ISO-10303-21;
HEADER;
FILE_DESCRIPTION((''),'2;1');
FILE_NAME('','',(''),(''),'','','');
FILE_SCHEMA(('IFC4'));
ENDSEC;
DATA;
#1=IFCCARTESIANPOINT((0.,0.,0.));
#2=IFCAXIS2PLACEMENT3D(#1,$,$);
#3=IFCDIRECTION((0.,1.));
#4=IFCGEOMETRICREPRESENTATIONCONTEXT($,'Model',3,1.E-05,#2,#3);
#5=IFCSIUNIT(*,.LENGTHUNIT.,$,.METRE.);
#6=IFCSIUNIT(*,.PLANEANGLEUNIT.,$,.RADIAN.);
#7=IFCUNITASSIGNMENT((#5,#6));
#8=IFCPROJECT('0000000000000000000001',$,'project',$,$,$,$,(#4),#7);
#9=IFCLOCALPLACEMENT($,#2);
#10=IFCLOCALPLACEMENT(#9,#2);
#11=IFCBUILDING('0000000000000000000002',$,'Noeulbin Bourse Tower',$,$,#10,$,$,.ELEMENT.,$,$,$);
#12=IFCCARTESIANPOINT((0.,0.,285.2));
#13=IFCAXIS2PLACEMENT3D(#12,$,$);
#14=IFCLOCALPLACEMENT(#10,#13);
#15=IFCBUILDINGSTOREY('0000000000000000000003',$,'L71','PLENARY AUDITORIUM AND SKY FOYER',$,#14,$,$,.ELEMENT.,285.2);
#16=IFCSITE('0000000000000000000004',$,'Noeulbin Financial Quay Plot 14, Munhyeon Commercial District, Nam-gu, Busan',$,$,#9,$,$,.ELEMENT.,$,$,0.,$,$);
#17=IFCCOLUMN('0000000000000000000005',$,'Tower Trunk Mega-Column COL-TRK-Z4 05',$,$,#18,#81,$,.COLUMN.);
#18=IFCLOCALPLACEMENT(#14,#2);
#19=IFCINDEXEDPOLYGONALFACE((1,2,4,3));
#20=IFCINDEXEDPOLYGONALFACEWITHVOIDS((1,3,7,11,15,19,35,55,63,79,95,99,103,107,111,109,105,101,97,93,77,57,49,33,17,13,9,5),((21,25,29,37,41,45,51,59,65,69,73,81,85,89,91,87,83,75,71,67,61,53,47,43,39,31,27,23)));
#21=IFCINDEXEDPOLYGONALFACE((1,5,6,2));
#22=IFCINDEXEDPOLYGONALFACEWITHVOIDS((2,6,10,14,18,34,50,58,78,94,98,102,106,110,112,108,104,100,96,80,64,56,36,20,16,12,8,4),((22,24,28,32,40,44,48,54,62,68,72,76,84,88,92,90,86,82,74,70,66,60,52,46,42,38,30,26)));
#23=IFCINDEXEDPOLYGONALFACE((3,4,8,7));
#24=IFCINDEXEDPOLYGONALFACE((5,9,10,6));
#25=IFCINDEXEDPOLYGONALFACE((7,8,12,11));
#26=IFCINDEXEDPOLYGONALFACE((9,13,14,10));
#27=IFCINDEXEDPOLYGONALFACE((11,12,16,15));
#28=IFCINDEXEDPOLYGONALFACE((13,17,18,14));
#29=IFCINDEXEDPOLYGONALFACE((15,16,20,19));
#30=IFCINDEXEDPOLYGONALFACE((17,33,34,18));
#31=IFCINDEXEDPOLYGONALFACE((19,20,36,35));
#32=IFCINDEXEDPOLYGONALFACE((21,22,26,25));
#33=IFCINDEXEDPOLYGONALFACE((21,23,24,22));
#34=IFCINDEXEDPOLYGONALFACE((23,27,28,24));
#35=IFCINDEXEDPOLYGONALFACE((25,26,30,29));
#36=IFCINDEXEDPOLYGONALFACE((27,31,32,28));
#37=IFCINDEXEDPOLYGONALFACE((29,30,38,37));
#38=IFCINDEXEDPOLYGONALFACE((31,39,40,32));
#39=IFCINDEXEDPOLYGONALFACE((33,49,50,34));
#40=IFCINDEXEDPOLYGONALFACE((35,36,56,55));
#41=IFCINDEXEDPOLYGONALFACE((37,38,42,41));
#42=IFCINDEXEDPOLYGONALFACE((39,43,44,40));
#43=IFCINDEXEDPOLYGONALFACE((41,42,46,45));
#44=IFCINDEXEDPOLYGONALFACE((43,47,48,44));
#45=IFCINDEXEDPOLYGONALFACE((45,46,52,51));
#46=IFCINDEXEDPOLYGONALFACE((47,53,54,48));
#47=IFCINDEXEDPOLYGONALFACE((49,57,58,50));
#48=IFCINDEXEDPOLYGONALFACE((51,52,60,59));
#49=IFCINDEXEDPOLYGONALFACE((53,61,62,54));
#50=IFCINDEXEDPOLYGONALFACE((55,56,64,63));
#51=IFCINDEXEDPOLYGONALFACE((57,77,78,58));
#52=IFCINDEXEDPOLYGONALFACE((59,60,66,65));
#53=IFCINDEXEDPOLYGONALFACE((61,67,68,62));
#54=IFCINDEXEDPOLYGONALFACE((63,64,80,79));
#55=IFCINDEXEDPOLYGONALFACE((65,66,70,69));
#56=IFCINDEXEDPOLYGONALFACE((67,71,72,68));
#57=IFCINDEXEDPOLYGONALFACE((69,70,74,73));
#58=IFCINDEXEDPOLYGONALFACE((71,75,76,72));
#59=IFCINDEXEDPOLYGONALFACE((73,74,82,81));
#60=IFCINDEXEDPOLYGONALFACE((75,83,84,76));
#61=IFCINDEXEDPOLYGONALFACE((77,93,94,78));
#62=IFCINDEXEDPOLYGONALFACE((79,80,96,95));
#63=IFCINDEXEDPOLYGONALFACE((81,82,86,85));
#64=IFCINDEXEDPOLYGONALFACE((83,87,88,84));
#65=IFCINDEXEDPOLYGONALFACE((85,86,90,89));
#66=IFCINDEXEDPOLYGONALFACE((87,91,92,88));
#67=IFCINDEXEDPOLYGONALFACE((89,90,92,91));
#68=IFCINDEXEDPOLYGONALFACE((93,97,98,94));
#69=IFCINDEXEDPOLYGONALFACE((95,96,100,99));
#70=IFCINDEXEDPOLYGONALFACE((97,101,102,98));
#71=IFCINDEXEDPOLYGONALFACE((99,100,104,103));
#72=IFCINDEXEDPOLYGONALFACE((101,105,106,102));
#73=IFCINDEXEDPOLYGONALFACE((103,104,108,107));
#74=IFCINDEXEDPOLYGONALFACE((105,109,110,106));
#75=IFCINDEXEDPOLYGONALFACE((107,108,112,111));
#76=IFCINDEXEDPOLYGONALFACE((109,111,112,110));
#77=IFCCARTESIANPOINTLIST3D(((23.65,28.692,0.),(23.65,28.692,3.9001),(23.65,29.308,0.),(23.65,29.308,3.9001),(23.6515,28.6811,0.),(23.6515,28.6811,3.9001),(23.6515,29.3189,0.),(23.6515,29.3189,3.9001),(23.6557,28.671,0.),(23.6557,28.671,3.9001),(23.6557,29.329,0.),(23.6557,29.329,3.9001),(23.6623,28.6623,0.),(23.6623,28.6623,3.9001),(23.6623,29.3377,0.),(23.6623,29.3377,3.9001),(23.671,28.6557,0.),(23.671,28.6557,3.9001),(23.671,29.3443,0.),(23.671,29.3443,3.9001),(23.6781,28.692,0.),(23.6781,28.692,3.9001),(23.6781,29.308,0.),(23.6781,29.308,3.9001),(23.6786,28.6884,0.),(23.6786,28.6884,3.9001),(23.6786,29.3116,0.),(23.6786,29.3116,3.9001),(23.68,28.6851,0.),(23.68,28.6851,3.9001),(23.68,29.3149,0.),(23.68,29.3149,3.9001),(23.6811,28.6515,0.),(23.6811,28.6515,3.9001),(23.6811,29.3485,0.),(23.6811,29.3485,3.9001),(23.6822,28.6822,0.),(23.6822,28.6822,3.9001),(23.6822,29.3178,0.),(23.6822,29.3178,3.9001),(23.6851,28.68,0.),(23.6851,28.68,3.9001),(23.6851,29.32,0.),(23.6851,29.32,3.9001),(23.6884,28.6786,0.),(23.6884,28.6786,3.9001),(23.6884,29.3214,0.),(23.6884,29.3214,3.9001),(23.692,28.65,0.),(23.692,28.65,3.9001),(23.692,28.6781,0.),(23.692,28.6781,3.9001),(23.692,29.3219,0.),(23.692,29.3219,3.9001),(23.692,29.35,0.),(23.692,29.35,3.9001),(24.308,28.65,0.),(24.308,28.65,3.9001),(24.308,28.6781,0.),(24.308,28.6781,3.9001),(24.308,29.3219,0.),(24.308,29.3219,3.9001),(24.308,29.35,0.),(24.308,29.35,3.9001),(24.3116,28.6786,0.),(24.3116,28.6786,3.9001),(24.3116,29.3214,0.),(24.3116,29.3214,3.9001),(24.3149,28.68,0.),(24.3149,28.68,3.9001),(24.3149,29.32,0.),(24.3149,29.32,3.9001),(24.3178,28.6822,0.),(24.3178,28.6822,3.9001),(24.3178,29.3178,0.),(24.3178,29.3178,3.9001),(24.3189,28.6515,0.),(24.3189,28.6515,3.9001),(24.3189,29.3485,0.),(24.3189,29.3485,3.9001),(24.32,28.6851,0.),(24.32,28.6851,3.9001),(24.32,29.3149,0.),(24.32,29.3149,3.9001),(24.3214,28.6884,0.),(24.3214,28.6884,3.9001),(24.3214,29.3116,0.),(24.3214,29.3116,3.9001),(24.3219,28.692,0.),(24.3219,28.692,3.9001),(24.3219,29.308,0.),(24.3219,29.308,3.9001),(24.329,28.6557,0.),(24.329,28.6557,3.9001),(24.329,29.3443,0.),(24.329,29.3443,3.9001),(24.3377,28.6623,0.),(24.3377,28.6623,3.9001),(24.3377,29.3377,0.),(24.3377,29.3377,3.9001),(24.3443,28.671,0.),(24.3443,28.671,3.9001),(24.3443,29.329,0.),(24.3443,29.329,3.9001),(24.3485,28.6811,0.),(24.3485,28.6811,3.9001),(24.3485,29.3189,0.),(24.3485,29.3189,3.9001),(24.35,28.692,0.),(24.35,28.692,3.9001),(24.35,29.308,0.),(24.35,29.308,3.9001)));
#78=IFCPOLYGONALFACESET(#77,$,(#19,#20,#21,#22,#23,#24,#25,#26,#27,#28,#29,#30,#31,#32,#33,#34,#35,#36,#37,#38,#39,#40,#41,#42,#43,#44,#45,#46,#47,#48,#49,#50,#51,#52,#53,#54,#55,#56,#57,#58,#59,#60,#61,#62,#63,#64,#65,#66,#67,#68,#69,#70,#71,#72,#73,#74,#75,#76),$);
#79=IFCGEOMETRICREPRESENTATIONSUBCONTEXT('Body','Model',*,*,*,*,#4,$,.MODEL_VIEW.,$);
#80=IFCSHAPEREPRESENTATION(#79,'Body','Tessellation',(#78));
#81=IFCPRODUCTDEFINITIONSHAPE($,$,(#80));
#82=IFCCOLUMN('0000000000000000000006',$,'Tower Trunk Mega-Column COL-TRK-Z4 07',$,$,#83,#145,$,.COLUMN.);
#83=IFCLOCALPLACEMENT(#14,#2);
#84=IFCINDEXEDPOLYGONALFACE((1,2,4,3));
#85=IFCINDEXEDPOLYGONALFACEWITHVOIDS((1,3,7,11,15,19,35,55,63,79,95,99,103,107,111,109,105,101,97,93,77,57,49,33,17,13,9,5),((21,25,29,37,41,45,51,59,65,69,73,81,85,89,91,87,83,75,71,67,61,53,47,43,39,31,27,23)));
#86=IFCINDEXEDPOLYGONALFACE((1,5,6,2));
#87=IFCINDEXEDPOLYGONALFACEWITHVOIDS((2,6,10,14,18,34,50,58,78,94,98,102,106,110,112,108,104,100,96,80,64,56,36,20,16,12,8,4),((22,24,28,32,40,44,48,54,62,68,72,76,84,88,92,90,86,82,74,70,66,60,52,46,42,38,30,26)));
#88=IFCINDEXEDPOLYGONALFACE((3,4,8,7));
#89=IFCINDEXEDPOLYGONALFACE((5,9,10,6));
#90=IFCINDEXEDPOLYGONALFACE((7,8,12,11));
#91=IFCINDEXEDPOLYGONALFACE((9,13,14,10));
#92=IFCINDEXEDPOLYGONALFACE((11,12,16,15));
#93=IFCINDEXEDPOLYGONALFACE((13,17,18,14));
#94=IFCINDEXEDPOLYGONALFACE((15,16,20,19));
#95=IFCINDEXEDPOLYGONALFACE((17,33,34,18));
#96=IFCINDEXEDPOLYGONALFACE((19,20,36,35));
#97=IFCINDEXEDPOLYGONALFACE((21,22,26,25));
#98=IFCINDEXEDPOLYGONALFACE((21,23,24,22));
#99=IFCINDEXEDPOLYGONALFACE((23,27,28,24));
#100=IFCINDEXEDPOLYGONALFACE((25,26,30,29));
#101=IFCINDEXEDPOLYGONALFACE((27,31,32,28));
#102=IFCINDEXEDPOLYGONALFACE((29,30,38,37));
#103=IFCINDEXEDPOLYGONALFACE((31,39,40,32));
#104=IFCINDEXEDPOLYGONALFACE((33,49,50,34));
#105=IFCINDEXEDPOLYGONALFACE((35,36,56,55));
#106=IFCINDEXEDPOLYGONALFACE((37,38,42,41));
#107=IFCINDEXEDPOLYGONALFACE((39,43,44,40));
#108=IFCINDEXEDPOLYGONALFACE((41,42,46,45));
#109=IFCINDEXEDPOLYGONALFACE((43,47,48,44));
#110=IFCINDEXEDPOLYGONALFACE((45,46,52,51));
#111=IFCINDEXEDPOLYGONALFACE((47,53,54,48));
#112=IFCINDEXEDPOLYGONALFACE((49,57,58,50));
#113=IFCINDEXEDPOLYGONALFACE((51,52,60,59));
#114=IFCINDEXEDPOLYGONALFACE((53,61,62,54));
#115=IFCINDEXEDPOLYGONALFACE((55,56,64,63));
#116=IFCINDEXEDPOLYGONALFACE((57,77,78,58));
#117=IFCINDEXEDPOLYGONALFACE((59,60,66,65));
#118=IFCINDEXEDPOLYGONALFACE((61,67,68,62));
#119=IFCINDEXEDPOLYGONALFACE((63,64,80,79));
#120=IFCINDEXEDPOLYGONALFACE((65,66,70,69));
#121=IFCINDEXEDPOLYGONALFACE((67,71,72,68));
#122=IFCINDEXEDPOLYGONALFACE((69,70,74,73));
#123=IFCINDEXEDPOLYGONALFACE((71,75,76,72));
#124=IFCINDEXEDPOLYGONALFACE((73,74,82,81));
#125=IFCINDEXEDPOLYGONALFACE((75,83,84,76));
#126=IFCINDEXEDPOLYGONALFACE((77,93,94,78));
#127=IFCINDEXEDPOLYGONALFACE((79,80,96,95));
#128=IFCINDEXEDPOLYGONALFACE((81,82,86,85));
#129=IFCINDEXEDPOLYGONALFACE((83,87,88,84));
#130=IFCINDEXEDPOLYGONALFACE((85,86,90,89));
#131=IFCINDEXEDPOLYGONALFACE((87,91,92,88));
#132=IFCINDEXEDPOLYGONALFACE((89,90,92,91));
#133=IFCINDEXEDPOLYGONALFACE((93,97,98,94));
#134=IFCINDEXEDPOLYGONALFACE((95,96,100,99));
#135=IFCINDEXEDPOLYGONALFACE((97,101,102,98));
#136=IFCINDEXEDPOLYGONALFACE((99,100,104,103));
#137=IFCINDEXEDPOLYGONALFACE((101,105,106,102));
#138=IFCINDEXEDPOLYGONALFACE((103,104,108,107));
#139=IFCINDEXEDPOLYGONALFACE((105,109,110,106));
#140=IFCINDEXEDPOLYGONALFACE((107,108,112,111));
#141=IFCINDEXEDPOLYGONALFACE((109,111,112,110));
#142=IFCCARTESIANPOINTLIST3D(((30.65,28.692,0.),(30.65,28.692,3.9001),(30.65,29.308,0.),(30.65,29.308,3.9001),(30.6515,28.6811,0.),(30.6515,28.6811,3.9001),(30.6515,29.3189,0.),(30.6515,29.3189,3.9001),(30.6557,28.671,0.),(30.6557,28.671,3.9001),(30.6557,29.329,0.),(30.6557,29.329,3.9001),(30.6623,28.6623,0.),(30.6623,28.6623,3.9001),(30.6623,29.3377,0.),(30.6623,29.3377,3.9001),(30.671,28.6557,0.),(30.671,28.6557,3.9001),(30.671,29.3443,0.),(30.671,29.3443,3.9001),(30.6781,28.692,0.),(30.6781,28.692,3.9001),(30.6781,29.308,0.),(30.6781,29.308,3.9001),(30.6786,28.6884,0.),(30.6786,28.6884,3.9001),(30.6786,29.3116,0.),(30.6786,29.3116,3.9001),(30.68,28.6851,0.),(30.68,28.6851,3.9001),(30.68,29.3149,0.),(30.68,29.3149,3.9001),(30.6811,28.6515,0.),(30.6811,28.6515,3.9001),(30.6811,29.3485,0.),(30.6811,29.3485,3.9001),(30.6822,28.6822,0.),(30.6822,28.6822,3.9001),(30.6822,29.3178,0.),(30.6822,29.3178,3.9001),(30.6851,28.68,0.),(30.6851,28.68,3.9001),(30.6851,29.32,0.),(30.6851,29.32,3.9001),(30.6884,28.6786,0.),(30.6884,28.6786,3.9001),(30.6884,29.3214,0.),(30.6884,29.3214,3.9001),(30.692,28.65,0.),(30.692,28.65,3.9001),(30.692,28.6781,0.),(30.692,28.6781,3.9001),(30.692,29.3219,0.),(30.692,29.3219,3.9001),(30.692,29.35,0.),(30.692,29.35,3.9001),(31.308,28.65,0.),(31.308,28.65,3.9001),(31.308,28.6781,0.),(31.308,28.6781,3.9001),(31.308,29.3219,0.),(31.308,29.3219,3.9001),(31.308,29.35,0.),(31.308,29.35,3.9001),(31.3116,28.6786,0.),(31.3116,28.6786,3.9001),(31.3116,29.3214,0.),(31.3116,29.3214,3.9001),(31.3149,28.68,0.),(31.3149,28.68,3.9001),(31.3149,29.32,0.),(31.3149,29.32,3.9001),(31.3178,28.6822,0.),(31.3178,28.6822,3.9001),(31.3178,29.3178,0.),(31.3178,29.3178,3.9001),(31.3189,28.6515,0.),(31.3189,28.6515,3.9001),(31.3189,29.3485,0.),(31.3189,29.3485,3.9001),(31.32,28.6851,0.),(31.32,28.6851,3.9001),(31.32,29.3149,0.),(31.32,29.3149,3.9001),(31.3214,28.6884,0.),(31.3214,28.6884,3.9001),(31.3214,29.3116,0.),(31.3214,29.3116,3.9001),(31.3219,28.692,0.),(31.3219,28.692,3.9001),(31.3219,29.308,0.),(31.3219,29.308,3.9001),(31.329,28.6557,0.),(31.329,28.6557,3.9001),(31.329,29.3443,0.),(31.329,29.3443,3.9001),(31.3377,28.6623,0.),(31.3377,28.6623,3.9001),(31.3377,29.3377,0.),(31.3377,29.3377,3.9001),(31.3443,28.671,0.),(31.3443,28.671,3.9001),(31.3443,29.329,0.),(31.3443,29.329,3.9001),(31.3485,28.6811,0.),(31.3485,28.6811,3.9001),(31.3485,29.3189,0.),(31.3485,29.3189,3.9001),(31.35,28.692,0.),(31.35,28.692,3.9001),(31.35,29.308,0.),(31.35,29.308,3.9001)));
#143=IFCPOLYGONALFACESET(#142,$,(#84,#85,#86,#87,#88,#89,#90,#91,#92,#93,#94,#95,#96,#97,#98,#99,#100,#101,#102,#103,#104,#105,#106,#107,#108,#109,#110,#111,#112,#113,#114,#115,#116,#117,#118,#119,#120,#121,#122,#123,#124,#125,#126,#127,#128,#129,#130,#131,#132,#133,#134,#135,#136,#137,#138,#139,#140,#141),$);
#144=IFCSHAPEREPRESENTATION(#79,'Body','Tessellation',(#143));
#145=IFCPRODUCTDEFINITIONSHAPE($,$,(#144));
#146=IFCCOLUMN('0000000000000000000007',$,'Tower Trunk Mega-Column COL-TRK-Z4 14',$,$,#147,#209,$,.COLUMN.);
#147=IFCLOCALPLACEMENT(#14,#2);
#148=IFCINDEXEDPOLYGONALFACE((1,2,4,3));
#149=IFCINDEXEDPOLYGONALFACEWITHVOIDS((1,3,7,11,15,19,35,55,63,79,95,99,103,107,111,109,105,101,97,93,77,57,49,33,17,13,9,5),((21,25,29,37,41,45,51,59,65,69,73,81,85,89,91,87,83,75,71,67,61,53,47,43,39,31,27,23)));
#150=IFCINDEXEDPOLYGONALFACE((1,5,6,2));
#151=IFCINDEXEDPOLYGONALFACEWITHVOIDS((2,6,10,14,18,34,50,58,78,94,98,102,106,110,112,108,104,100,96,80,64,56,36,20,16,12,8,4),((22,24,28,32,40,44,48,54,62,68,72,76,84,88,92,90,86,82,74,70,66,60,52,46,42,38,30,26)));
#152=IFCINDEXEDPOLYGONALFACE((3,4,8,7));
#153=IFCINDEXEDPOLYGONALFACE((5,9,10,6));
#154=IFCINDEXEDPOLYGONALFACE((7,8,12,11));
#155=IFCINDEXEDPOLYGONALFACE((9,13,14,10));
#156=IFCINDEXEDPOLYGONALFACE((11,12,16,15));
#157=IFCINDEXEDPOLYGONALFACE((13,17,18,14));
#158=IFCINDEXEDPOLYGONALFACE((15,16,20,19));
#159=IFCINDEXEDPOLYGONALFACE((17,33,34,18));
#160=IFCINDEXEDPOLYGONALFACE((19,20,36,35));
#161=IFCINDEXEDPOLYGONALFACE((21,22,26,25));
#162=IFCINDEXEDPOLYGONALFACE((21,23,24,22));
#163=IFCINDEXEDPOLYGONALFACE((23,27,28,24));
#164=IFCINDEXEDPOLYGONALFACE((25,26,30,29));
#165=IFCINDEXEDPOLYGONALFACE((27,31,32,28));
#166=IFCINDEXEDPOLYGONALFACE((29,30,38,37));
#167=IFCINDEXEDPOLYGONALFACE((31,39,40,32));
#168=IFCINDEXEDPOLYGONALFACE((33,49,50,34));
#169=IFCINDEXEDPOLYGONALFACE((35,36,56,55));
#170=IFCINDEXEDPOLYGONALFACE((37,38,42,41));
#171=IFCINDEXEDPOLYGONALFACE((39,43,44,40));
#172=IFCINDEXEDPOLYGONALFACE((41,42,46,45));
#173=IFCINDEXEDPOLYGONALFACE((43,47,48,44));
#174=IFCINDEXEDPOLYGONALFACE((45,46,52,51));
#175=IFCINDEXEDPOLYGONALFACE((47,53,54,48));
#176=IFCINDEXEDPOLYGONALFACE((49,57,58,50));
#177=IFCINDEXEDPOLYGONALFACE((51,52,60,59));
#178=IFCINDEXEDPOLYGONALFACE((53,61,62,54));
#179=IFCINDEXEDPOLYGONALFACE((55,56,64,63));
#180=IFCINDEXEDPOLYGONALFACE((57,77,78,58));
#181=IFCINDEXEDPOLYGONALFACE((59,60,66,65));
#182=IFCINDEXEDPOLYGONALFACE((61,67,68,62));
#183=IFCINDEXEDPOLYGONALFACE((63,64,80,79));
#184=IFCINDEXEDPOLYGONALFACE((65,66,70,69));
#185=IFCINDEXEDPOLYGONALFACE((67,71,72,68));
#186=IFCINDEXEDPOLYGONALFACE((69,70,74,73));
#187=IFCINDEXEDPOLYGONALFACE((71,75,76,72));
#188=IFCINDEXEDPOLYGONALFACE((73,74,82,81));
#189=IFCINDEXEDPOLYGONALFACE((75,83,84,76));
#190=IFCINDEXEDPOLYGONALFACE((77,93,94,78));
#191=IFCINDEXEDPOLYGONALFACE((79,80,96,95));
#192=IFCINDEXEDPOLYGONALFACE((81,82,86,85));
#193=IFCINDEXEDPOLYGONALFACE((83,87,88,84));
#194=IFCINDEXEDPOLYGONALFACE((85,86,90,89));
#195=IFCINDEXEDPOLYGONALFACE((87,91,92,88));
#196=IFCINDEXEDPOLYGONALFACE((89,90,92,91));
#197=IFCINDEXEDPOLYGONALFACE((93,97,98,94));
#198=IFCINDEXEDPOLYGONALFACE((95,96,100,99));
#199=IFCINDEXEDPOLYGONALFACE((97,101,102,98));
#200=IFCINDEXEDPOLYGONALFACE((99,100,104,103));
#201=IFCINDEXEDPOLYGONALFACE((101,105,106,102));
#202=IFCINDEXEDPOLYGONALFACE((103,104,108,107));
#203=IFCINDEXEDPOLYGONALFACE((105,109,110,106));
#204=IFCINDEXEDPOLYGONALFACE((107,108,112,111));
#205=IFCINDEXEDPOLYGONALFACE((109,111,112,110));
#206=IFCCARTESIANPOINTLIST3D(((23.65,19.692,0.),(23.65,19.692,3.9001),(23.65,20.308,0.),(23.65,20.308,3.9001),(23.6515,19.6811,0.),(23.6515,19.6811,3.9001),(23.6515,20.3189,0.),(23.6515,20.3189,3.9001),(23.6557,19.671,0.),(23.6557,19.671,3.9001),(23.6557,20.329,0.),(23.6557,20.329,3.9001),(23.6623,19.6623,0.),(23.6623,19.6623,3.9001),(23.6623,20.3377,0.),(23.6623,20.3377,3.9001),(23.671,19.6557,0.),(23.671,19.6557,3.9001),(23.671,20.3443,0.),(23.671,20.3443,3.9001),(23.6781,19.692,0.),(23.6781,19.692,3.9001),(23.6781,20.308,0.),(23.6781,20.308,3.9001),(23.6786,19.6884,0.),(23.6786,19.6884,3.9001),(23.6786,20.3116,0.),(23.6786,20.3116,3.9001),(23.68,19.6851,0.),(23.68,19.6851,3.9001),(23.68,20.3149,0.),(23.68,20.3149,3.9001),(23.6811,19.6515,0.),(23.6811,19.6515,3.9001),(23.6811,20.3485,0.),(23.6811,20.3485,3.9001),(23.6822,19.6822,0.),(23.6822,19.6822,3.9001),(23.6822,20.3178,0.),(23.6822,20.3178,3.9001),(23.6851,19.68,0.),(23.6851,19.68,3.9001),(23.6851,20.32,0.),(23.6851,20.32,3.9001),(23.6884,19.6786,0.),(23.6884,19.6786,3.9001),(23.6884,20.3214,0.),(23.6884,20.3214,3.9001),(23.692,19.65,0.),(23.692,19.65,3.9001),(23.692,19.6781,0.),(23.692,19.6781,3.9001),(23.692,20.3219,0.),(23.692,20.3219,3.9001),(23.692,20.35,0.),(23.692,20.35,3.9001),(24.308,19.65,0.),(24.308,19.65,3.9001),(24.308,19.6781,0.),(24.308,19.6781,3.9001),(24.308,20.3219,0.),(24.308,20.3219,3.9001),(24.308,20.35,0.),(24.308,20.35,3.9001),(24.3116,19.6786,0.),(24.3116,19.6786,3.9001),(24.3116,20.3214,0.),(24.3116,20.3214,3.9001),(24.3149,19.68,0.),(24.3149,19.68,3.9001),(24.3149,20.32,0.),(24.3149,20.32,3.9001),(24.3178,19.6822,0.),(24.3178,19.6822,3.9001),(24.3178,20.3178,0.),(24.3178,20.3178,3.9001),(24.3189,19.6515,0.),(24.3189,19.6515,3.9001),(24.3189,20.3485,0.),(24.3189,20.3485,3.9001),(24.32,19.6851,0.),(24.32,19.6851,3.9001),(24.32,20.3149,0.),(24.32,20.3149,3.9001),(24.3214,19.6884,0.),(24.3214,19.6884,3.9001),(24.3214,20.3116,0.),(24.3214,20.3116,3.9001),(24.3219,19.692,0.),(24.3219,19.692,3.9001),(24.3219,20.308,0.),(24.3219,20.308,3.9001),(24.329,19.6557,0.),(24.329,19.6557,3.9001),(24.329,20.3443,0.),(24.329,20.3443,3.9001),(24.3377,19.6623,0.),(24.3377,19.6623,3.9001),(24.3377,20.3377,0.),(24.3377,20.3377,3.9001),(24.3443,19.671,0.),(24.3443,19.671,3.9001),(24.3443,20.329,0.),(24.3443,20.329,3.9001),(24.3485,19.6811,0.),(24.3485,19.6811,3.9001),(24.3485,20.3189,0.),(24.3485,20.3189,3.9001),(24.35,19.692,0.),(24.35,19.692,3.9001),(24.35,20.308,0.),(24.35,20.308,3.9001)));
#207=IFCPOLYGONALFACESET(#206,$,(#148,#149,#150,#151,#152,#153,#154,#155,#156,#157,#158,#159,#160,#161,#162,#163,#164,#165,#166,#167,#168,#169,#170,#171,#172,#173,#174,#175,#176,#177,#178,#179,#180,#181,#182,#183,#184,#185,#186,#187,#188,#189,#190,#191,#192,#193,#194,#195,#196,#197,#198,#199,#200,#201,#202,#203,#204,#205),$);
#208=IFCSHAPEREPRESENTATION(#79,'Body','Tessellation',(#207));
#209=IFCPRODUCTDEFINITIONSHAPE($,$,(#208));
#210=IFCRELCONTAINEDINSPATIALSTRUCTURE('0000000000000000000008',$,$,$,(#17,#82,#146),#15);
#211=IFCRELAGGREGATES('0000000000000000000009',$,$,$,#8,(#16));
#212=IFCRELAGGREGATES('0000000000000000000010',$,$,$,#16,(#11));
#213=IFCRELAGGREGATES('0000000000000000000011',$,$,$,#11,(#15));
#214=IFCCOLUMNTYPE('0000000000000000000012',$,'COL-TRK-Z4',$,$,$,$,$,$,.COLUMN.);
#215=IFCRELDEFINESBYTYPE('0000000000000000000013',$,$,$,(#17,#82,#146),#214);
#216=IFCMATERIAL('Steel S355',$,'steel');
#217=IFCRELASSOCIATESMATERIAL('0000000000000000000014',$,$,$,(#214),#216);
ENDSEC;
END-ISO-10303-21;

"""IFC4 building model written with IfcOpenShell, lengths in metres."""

from ifc_helpers import new_model, si_unit, direction, frame, origin, origin_2d, place, context, subcontext, project, spatial, hollow_rectangle, extrude, material, material_profile, profile_set, type_object, element, save


model = new_model("IFC4")

# Units and contexts
model_context = context("Model", 3, precision=1e-05, world=origin(), true_north=direction((0.0, 1.0)))
body_context = subcontext(model_context, "Body", "Model", "MODEL_VIEW")
ifc_project = project(units=[si_unit("LENGTHUNIT", "METRE"), si_unit("PLANEANGLEUNIT", "RADIAN")], contexts=[model_context])

# Site, building, storey
site_placement = place(None, origin())
site = spatial("IfcSite", under=ifc_project, at=site_placement, Name="Noeulbin Financial Quay Plot 14, Munhyeon Commercial District, Nam-gu, Busan", CompositionType="ELEMENT", RefElevation=0.0)
building_placement = place(site_placement, origin())
building = spatial("IfcBuilding", under=site, at=building_placement, Name="Noeulbin Bourse Tower", CompositionType="ELEMENT")
storey_placement = place(building_placement, frame((0.0, 0.0, 285.2)))
storey = spatial("IfcBuildingStorey", under=building, at=storey_placement, Name="L71", Description="PLENARY AUDITORIUM AND SKY FOYER", CompositionType="ELEMENT", Elevation=285.2)

# Columns
ifc_material_1 = material(Name="Steel S355", Category="steel")
ifc_material_profile_1 = material_profile(ifc_material_1, hollow_rectangle(XDim=0.7, YDim=0.7, WallThickness=0.0281, InnerFilletRadius=0.0139, OuterFilletRadius=0.042, at=origin_2d()), Name="BOX-700x700x28", Category="LoadBearing")
ifc_profile_set_1 = profile_set([ifc_material_profile_1], Name="Steel S355")
column_type = type_object("IfcColumnType", Name="COL-TRK-Z4", PredefinedType="COLUMN", material=ifc_profile_set_1)
for number, where, z_axis, x_axis, name in (
    (1, (24.0, 29.0, 0.0), (0.0, 0.0, 1.0), (1.0, 0.0, 0.0), "Tower Trunk Mega-Column COL-TRK-Z4 05"),
    (2, (31.0, 29.0, 0.0), (0.0, 0.0, 1.0), (1.0, 0.0, 0.0), "Tower Trunk Mega-Column COL-TRK-Z4 07"),
    (3, (24.0, 20.0, 0.0), (0.0, 0.0, 1.0), (1.0, 0.0, 0.0), "Tower Trunk Mega-Column COL-TRK-Z4 14"),
):
    element("IfcColumn", number, at=place(storey_placement, frame(where, z_axis=z_axis, x_axis=x_axis)), inside=storey, type_object=column_type, Name=name, PredefinedType="COLUMN", context=body_context, shape_type="SweptSolid", body=[
        extrude(hollow_rectangle(XDim=0.7, YDim=0.7, WallThickness=0.0281, InnerFilletRadius=0.0139, OuterFilletRadius=0.042, at=origin_2d()), origin(), (0.0, 0.0, 1.0), 3.9001),
    ])

save(model, "model.ifc")
